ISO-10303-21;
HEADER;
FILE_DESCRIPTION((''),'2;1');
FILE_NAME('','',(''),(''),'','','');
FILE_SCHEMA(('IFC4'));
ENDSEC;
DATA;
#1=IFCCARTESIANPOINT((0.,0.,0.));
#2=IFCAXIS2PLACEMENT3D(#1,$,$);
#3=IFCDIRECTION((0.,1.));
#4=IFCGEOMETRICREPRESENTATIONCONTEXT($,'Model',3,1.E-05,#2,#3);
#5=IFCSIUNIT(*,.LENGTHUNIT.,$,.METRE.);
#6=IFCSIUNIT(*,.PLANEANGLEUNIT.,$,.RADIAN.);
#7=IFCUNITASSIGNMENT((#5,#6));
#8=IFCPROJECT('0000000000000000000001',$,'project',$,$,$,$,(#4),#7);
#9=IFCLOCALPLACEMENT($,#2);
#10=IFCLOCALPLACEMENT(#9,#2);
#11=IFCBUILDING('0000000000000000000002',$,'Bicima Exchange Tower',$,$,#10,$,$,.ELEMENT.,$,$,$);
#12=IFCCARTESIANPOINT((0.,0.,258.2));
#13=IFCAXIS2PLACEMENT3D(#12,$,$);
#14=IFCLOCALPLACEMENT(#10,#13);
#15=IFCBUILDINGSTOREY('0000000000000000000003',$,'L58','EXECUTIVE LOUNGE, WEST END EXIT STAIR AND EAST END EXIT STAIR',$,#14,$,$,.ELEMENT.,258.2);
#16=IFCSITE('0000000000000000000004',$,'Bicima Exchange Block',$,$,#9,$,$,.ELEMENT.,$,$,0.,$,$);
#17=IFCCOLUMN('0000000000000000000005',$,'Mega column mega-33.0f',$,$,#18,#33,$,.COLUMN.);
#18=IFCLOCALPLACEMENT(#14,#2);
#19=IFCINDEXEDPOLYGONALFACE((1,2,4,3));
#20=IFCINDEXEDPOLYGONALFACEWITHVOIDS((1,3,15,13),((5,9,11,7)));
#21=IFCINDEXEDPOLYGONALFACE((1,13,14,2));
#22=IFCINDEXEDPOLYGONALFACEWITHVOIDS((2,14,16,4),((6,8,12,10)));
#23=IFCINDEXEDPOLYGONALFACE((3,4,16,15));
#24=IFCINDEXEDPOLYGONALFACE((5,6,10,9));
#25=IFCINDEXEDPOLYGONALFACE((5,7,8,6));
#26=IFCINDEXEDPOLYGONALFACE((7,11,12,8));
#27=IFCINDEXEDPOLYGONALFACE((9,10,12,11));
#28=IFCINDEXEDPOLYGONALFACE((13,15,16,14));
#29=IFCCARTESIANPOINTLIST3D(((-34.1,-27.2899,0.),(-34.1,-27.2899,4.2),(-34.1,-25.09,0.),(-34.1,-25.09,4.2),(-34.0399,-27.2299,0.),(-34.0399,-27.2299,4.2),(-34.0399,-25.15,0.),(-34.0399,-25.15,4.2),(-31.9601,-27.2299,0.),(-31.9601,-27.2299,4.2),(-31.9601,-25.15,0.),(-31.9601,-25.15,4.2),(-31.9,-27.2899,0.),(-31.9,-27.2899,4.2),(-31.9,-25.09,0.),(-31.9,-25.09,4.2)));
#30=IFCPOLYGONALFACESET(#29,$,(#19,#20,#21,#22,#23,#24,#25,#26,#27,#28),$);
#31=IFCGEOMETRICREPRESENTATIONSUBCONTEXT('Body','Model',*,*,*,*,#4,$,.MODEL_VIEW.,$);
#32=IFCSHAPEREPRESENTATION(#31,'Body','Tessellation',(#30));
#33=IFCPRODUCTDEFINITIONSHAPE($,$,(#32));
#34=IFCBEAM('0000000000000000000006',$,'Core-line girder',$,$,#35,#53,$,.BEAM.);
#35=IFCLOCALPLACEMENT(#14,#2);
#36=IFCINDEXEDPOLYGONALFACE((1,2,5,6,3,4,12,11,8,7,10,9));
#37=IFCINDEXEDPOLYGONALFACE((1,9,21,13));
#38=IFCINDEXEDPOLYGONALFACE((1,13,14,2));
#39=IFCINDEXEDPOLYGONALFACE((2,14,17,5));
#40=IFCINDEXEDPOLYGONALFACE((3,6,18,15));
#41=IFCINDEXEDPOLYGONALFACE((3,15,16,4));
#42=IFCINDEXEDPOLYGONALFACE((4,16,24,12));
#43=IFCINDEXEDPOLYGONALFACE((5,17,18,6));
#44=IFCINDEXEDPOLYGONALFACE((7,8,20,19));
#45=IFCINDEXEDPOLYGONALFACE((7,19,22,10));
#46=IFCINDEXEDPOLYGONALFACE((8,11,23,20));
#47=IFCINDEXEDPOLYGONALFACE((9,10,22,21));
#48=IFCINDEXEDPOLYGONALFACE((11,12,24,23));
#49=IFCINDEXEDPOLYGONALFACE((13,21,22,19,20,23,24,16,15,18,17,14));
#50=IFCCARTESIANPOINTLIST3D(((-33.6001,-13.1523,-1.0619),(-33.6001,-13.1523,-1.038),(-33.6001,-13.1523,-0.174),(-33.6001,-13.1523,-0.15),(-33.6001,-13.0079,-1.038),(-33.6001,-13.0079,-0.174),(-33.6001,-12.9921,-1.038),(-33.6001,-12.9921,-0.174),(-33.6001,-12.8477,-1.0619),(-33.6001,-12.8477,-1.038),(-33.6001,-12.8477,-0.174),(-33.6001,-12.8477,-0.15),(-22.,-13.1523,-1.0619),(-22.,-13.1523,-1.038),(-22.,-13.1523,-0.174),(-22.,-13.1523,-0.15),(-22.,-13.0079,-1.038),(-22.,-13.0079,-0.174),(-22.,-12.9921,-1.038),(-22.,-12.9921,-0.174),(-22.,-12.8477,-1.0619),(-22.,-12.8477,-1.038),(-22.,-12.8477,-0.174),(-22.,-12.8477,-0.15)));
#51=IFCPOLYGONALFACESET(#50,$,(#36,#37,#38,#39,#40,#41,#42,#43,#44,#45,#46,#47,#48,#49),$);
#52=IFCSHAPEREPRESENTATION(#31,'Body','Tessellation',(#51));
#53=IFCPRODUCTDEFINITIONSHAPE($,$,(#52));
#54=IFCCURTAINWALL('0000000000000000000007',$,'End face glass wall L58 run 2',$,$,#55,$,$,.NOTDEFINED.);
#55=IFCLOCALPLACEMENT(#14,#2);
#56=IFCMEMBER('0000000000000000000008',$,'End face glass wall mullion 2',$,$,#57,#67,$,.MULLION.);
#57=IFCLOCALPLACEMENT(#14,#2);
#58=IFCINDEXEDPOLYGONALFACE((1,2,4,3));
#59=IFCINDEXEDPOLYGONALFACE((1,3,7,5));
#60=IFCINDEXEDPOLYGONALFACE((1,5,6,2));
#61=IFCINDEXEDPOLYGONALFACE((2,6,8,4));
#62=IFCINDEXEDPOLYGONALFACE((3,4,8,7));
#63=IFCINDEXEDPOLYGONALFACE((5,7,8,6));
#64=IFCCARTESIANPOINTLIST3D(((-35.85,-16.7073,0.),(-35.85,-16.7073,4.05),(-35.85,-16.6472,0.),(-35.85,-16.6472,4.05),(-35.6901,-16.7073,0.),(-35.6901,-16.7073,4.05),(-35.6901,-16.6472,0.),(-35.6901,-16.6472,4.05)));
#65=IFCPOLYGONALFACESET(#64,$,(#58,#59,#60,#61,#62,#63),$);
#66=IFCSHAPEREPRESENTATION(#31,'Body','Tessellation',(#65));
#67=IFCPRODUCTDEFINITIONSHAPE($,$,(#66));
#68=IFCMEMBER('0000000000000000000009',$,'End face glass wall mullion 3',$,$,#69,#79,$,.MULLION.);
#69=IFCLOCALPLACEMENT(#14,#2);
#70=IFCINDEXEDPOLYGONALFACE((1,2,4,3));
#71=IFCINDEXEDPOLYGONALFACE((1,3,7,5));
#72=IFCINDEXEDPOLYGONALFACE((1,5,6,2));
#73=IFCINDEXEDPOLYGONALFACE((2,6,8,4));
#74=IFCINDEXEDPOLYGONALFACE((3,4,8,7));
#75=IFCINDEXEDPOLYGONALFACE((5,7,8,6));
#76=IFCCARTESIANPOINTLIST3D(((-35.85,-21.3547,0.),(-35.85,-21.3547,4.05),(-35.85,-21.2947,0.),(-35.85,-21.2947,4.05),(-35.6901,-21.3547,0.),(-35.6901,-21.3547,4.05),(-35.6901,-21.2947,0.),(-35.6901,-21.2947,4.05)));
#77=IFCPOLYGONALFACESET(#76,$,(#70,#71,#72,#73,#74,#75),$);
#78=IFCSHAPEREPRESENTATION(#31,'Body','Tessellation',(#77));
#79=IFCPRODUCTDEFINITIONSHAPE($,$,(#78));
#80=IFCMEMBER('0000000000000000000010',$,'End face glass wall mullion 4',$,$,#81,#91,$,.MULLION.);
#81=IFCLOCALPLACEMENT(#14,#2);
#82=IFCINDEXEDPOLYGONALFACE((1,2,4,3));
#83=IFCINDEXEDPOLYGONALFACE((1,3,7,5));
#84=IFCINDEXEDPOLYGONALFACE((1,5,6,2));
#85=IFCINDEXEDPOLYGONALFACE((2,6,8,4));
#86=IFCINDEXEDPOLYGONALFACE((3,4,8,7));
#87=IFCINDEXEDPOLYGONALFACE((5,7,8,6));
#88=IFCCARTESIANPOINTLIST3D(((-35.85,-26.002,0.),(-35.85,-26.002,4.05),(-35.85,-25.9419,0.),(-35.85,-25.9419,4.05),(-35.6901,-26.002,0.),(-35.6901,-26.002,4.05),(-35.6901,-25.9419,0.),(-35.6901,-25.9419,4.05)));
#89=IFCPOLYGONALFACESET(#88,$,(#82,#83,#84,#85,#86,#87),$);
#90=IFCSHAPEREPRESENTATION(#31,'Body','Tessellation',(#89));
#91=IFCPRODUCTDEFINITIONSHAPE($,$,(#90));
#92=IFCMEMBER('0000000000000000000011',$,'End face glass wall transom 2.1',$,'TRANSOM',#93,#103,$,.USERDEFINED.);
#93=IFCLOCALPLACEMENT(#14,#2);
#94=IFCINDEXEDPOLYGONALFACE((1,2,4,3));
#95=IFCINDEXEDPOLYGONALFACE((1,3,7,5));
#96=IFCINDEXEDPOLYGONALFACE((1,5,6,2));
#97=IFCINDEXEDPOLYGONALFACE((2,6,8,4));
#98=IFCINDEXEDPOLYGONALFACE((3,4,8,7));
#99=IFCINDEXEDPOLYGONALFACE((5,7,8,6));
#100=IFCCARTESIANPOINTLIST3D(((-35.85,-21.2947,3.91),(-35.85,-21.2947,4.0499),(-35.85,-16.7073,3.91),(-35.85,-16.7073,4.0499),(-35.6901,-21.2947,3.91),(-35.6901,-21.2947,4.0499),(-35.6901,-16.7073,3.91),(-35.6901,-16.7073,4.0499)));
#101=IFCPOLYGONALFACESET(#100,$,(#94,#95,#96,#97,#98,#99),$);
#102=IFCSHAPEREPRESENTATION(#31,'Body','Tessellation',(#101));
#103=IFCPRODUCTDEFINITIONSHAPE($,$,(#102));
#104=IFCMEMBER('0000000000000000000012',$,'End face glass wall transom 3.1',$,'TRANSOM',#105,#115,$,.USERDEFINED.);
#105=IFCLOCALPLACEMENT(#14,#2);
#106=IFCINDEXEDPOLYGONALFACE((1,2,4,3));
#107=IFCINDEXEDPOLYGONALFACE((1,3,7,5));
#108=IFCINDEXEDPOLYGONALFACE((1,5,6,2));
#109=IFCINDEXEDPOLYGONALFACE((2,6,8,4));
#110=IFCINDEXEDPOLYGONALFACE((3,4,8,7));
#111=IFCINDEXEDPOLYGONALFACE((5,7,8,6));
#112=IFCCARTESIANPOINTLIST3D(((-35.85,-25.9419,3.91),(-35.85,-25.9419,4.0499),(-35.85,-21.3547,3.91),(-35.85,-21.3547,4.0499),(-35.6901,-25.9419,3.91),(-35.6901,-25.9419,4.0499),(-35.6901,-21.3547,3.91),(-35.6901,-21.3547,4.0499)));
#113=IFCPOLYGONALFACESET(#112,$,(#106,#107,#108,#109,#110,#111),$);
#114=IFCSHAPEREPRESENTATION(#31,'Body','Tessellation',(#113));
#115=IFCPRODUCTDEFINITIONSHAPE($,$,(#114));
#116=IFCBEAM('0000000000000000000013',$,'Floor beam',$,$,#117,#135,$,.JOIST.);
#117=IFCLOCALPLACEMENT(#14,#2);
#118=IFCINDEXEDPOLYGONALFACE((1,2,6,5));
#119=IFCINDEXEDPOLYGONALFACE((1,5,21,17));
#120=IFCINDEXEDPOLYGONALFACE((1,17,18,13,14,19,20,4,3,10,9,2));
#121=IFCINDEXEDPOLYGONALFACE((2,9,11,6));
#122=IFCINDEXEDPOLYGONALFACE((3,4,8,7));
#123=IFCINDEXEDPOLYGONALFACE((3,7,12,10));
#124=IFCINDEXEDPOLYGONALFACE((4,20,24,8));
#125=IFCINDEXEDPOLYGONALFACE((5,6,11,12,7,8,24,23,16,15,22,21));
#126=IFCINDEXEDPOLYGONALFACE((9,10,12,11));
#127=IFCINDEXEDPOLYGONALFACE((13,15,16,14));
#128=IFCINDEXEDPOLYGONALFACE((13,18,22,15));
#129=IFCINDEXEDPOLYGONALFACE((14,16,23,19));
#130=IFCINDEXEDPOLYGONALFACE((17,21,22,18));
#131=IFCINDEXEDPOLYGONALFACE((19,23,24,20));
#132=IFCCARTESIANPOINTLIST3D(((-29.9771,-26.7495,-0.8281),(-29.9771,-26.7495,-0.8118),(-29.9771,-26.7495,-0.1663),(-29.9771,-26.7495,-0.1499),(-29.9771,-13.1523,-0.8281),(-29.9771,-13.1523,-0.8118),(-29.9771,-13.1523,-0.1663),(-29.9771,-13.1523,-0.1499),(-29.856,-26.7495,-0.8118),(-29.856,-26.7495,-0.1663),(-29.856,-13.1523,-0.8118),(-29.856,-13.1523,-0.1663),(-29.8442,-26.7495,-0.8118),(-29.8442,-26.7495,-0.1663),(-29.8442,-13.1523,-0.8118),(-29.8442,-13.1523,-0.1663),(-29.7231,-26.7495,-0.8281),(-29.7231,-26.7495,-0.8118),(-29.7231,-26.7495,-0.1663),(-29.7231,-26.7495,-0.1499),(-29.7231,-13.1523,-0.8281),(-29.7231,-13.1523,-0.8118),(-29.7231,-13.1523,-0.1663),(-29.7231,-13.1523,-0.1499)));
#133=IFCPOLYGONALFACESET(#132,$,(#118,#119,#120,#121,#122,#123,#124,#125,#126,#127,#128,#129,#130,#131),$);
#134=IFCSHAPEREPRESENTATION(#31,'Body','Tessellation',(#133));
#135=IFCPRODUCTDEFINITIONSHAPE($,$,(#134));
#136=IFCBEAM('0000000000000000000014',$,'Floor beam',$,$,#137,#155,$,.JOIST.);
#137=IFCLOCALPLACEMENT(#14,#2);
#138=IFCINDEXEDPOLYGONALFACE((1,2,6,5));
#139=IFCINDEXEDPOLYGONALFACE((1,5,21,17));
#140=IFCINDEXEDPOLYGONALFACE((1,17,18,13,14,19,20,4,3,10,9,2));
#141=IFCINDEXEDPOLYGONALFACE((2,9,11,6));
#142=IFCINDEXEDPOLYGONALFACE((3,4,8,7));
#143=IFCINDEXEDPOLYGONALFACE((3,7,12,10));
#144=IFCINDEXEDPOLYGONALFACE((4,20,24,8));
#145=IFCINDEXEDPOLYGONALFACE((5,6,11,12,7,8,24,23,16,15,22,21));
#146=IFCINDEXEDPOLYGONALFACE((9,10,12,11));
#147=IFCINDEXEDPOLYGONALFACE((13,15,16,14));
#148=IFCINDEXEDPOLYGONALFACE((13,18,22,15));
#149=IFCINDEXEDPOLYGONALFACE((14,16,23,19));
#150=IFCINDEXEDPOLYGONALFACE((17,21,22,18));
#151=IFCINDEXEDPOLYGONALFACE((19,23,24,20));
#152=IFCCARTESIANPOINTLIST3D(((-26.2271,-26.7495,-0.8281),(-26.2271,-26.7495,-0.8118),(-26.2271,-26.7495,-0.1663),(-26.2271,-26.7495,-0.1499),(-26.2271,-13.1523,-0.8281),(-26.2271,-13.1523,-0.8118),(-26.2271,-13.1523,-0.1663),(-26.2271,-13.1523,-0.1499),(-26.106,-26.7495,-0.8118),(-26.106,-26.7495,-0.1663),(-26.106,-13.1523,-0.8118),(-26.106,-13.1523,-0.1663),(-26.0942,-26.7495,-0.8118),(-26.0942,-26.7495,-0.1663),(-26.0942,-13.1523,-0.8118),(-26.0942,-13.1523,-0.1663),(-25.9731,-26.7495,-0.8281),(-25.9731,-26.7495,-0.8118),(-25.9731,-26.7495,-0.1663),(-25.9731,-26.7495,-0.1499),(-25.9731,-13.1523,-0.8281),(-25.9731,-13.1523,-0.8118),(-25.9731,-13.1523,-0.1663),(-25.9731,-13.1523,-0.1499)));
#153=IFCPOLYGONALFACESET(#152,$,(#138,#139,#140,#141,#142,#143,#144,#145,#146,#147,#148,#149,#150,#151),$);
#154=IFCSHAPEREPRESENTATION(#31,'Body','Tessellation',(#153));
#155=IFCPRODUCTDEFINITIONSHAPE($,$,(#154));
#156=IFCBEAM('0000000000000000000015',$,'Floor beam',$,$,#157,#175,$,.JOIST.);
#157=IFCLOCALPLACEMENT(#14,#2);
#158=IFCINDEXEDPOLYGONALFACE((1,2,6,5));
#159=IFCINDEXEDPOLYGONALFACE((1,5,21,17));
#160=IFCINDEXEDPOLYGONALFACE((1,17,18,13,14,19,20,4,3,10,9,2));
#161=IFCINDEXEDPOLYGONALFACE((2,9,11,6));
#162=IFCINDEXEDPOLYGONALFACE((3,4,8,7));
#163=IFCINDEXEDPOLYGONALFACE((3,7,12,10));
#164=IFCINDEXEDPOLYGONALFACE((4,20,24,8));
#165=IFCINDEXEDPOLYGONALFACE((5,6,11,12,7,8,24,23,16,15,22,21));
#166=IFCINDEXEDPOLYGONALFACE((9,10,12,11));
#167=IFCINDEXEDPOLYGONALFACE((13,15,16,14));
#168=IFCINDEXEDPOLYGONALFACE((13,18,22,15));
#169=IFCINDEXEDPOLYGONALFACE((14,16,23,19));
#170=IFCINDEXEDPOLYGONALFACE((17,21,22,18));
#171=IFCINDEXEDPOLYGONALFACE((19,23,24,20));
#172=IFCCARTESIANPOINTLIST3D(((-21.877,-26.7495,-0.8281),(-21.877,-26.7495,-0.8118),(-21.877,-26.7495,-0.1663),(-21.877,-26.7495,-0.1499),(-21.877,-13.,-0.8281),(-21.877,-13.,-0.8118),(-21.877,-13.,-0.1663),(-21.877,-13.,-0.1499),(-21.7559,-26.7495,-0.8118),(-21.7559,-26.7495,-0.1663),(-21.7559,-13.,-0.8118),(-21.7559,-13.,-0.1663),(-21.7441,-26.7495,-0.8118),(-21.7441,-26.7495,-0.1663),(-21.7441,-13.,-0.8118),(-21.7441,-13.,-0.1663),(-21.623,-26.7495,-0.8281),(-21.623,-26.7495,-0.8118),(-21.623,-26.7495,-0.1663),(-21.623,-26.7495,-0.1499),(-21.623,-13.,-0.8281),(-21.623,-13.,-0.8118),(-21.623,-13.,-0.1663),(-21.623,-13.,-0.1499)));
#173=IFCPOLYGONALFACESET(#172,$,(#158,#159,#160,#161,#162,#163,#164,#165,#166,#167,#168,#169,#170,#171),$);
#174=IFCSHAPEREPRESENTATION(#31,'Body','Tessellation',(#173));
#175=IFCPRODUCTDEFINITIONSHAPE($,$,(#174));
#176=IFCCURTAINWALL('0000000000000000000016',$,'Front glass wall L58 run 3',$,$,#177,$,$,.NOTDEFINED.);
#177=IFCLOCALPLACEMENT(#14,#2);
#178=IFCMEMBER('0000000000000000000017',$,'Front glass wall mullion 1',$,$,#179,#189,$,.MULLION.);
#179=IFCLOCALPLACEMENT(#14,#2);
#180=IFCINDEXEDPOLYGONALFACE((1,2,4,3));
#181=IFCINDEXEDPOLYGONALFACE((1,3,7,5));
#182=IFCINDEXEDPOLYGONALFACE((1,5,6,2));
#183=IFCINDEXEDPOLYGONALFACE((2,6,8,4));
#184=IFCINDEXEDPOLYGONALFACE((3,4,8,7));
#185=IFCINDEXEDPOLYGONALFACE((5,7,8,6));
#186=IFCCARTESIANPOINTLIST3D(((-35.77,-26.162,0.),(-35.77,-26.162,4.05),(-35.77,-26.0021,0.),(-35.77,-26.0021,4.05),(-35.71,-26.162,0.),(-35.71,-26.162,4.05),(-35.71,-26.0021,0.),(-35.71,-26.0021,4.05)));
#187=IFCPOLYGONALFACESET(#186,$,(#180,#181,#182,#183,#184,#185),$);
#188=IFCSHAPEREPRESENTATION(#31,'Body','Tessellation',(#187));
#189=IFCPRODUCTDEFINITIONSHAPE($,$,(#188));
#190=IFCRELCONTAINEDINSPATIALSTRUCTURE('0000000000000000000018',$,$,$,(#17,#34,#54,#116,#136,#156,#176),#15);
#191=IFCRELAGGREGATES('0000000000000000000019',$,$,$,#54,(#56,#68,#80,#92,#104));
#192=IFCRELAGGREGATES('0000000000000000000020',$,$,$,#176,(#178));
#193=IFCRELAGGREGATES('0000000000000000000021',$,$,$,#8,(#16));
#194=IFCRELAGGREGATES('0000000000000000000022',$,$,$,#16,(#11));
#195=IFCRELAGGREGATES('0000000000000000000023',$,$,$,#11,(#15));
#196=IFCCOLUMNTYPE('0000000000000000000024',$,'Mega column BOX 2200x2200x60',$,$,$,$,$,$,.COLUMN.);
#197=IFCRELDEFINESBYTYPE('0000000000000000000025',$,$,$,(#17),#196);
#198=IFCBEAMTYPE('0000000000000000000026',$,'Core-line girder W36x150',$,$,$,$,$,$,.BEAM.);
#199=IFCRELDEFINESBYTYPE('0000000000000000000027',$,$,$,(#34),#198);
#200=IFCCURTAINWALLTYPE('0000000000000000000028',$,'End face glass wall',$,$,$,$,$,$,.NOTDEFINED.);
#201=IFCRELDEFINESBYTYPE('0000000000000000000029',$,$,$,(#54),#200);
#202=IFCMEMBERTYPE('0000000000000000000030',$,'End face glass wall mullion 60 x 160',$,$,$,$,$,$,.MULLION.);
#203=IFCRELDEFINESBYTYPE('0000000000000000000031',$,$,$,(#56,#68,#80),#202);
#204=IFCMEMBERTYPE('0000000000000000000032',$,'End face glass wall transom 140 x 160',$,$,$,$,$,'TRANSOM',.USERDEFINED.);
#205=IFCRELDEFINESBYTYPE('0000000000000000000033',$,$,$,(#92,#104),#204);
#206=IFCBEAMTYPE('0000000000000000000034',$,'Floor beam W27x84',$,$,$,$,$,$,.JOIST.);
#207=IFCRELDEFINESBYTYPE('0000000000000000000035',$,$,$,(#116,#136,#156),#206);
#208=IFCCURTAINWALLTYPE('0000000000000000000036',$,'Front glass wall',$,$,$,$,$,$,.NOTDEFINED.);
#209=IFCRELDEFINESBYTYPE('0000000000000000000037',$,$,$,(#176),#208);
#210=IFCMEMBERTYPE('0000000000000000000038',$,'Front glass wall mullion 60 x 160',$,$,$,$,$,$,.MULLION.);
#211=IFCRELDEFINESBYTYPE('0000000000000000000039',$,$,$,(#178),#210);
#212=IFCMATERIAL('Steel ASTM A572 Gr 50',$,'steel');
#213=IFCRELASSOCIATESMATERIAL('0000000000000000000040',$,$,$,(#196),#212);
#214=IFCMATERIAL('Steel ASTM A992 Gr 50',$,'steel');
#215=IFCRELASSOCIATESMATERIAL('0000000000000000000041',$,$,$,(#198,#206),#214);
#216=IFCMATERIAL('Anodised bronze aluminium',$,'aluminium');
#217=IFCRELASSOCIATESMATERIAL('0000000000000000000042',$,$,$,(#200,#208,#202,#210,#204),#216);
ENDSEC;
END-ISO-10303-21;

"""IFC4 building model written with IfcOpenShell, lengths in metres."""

from ifc_helpers import new_model, si_unit, direction, frame, origin, origin_2d, place, context, subcontext, project, spatial, rectangle, hollow_rectangle, i_section, extrude, material, material_profile, profile_set, type_object, element, aggregate, save


model = new_model("IFC4")

# Units and contexts
model_context = context("Model", 3, precision=1e-05, world=origin(), true_north=direction((0.0, 1.0)))
body_context = subcontext(model_context, "Body", "Model", "MODEL_VIEW")
ifc_project = project(units=[si_unit("LENGTHUNIT", "METRE"), si_unit("PLANEANGLEUNIT", "RADIAN")], contexts=[model_context])

# Site, building, storey
site_placement = place(None, origin())
site = spatial("IfcSite", under=ifc_project, at=site_placement, Name="Bicima Exchange Block", CompositionType="ELEMENT", RefElevation=0.0)
building_placement = place(site_placement, origin())
building = spatial("IfcBuilding", under=site, at=building_placement, Name="Bicima Exchange Tower", CompositionType="ELEMENT")
storey_placement = place(building_placement, frame((0.0, 0.0, 258.2)))
storey = spatial("IfcBuildingStorey", under=building, at=storey_placement, Name="L58", Description="EXECUTIVE LOUNGE, WEST END EXIT STAIR AND EAST END EXIT STAIR", CompositionType="ELEMENT", Elevation=258.2)

# Column
ifc_material_1 = material(Name="Steel ASTM A572 Gr 50", Category="steel")
ifc_material_profile_1 = material_profile(ifc_material_1, hollow_rectangle(XDim=2.2, YDim=2.2, WallThickness=0.0601, at=origin_2d()))
ifc_profile_set_1 = profile_set([ifc_material_profile_1], Name="Steel ASTM A572 Gr 50")
column_type = type_object("IfcColumnType", Name="Mega column BOX 2200x2200x60", PredefinedType="COLUMN", material=ifc_profile_set_1)
column_placement = place(storey_placement, frame((-33.0, -26.1899, 0.0), z_axis=(0.0, 0.0, 1.0), x_axis=(1.0, 0.0, 0.0)))
element("IfcColumn", 1, at=column_placement, inside=storey, type_object=column_type, Name="Mega column mega-33.0f", PredefinedType="COLUMN", context=body_context, shape_type="SweptSolid", body=[
    extrude(hollow_rectangle(XDim=2.2, YDim=2.2, WallThickness=0.0601, at=origin_2d()), origin(), (0.0, 0.0, 1.0), 4.2),
])

# Beam
ifc_material_2 = material(Name="Steel ASTM A992 Gr 50", Category="steel")
ifc_material_profile_2 = material_profile(ifc_material_2, i_section(OverallWidth=0.3047, OverallDepth=0.9119, WebThickness=0.0159, FlangeThickness=0.0239, at=origin_2d()))
ifc_profile_set_2 = profile_set([ifc_material_profile_2], Name="Steel ASTM A992 Gr 50")
beam_type_1 = type_object("IfcBeamType", Name="Core-line girder W36x150", PredefinedType="BEAM", material=ifc_profile_set_2)
beam_1_placement = place(storey_placement, frame((-22.0, -13.0, -0.606), z_axis=(-1.0, 0.0, 0.0), x_axis=(0.0, -1.0, 0.0)))
element("IfcBeam", 2, at=beam_1_placement, inside=storey, type_object=beam_type_1, Name="Core-line girder", PredefinedType="BEAM", context=body_context, shape_type="SweptSolid", body=[
    extrude(i_section(OverallWidth=0.3047, OverallDepth=0.9119, WebThickness=0.0159, FlangeThickness=0.0239, at=origin_2d()), origin(), (0.0, 0.0, 1.0), 11.6001),
])

# Curtain wall, members
ifc_material_3 = material(Name="Anodised bronze aluminium", Category="aluminium")
curtain_wall_type_1 = type_object("IfcCurtainWallType", Name="End face glass wall", PredefinedType="NOTDEFINED", material=ifc_material_3)
curtain_wall_1_placement = place(storey_placement, origin())
curtain_wall_1 = element("IfcCurtainWall", 3, at=curtain_wall_1_placement, inside=storey, type_object=curtain_wall_type_1, Name="End face glass wall L58 run 2", PredefinedType="NOTDEFINED")
ifc_material_profile_3 = material_profile(ifc_material_3, rectangle(XDim=0.1599, YDim=0.0601, at=origin_2d()))
ifc_profile_set_3 = profile_set([ifc_material_profile_3], Name="Anodised bronze aluminium")
member_type_1 = type_object("IfcMemberType", Name="End face glass wall mullion 60 x 160", PredefinedType="MULLION", material=ifc_profile_set_3)
member_1_placement = place(storey_placement, frame((-35.77, -16.6772, 0.0), z_axis=(0.0, 0.0, 1.0), x_axis=(1.0, 0.0, 0.0)))
member_1 = element("IfcMember", 4, at=member_1_placement, type_object=member_type_1, Name="End face glass wall mullion 2", PredefinedType="MULLION", context=body_context, shape_type="SweptSolid", body=[
    extrude(rectangle(XDim=0.1599, YDim=0.0601, at=origin_2d()), origin(), (0.0, 0.0, 1.0), 4.05),
])
member_2_placement = place(storey_placement, frame((-35.77, -21.3247, 0.0), z_axis=(0.0, 0.0, 1.0), x_axis=(1.0, 0.0, 0.0)))
member_2 = element("IfcMember", 5, at=member_2_placement, type_object=member_type_1, Name="End face glass wall mullion 3", PredefinedType="MULLION", context=body_context, shape_type="SweptSolid", body=[
    extrude(rectangle(XDim=0.1599, YDim=0.0601, at=origin_2d()), origin(), (0.0, 0.0, 1.0), 4.05),
])
member_3_placement = place(storey_placement, frame((-35.77, -25.9719, 0.0), z_axis=(0.0, 0.0, 1.0), x_axis=(1.0, 0.0, 0.0)))
member_3 = element("IfcMember", 6, at=member_3_placement, type_object=member_type_1, Name="End face glass wall mullion 4", PredefinedType="MULLION", context=body_context, shape_type="SweptSolid", body=[
    extrude(rectangle(XDim=0.1599, YDim=0.0601, at=origin_2d()), origin(), (0.0, 0.0, 1.0), 4.05),
])
ifc_material_profile_4 = material_profile(ifc_material_3, rectangle(XDim=0.1599, YDim=0.1399, at=origin_2d()))
ifc_profile_set_4 = profile_set([ifc_material_profile_4], Name="Anodised bronze aluminium")
member_type_2 = type_object("IfcMemberType", Name="End face glass wall transom 140 x 160", ElementType="TRANSOM", PredefinedType="USERDEFINED", material=ifc_profile_set_4)
member_4_placement = place(storey_placement, frame((-35.77, -16.7073, 3.98), z_axis=(0.0, -1.0, 0.0), x_axis=(1.0, 0.0, 0.0)))
member_4 = element("IfcMember", 7, at=member_4_placement, type_object=member_type_2, Name="End face glass wall transom 2.1", ObjectType="TRANSOM", PredefinedType="USERDEFINED", context=body_context, shape_type="SweptSolid", body=[
    extrude(rectangle(XDim=0.1599, YDim=0.1399, at=origin_2d()), origin(), (0.0, 0.0, 1.0), 4.5874),
])
member_5_placement = place(storey_placement, frame((-35.77, -21.3547, 3.98), z_axis=(0.0, -1.0, 0.0), x_axis=(1.0, 0.0, 0.0)))
member_5 = element("IfcMember", 8, at=member_5_placement, type_object=member_type_2, Name="End face glass wall transom 3.1", ObjectType="TRANSOM", PredefinedType="USERDEFINED", context=body_context, shape_type="SweptSolid", body=[
    extrude(rectangle(XDim=0.1599, YDim=0.1399, at=origin_2d()), origin(), (0.0, 0.0, 1.0), 4.5872),
])

# Beams
ifc_material_profile_5 = material_profile(ifc_material_2, i_section(OverallWidth=0.2539, OverallDepth=0.6782, WebThickness=0.0117, FlangeThickness=0.0164, at=origin_2d()))
ifc_profile_set_5 = profile_set([ifc_material_profile_5], Name="Steel ASTM A992 Gr 50")
beam_type_2 = type_object("IfcBeamType", Name="Floor beam W27x84", PredefinedType="JOIST", material=ifc_profile_set_5)
for number, where, z_axis, x_axis, name in (
    (9, (-29.8501, -13.1523, -0.489), (0.0, -1.0, 0.0), (1.0, 0.0, 0.0), "Floor beam"),
    (10, (-26.1001, -13.1523, -0.489), (0.0, -1.0, 0.0), (1.0, 0.0, 0.0), "Floor beam"),
):
    element("IfcBeam", number, at=place(storey_placement, frame(where, z_axis=z_axis, x_axis=x_axis)), inside=storey, type_object=beam_type_2, Name=name, PredefinedType="JOIST", context=body_context, shape_type="SweptSolid", body=[
        extrude(i_section(OverallWidth=0.2539, OverallDepth=0.6782, WebThickness=0.0117, FlangeThickness=0.0164, at=origin_2d()), origin(), (0.0, 0.0, 1.0), 13.5972),
    ])
beam_2_placement = place(storey_placement, frame((-21.75, -13.0, -0.489), z_axis=(0.0, -1.0, 0.0), x_axis=(1.0, 0.0, 0.0)))
element("IfcBeam", 11, at=beam_2_placement, inside=storey, type_object=beam_type_2, Name="Floor beam", PredefinedType="JOIST", context=body_context, shape_type="SweptSolid", body=[
    extrude(i_section(OverallWidth=0.2539, OverallDepth=0.6782, WebThickness=0.0117, FlangeThickness=0.0164, at=origin_2d()), origin(), (0.0, 0.0, 1.0), 13.7495),
])

# Curtain wall, member
curtain_wall_type_2 = type_object("IfcCurtainWallType", Name="Front glass wall", PredefinedType="NOTDEFINED", material=ifc_material_3)
curtain_wall_2_placement = place(storey_placement, origin())
curtain_wall_2 = element("IfcCurtainWall", 12, at=curtain_wall_2_placement, inside=storey, type_object=curtain_wall_type_2, Name="Front glass wall L58 run 3", PredefinedType="NOTDEFINED")
member_type_3 = type_object("IfcMemberType", Name="Front glass wall mullion 60 x 160", PredefinedType="MULLION", material=ifc_profile_set_3)
member_6_placement = place(storey_placement, frame((-35.74, -26.082, 0.0), z_axis=(0.0, 0.0, 1.0), x_axis=(0.0, 1.0, 0.0)))
member_6 = element("IfcMember", 13, at=member_6_placement, type_object=member_type_3, Name="Front glass wall mullion 1", PredefinedType="MULLION", context=body_context, shape_type="SweptSolid", body=[
    extrude(rectangle(XDim=0.1599, YDim=0.0601, at=origin_2d()), origin(), (0.0, 0.0, 1.0), 4.05),
])

aggregate(curtain_wall_1, [member_1, member_2, member_3, member_4, member_5])
aggregate(curtain_wall_2, [member_6])

save(model, "model.ifc")
